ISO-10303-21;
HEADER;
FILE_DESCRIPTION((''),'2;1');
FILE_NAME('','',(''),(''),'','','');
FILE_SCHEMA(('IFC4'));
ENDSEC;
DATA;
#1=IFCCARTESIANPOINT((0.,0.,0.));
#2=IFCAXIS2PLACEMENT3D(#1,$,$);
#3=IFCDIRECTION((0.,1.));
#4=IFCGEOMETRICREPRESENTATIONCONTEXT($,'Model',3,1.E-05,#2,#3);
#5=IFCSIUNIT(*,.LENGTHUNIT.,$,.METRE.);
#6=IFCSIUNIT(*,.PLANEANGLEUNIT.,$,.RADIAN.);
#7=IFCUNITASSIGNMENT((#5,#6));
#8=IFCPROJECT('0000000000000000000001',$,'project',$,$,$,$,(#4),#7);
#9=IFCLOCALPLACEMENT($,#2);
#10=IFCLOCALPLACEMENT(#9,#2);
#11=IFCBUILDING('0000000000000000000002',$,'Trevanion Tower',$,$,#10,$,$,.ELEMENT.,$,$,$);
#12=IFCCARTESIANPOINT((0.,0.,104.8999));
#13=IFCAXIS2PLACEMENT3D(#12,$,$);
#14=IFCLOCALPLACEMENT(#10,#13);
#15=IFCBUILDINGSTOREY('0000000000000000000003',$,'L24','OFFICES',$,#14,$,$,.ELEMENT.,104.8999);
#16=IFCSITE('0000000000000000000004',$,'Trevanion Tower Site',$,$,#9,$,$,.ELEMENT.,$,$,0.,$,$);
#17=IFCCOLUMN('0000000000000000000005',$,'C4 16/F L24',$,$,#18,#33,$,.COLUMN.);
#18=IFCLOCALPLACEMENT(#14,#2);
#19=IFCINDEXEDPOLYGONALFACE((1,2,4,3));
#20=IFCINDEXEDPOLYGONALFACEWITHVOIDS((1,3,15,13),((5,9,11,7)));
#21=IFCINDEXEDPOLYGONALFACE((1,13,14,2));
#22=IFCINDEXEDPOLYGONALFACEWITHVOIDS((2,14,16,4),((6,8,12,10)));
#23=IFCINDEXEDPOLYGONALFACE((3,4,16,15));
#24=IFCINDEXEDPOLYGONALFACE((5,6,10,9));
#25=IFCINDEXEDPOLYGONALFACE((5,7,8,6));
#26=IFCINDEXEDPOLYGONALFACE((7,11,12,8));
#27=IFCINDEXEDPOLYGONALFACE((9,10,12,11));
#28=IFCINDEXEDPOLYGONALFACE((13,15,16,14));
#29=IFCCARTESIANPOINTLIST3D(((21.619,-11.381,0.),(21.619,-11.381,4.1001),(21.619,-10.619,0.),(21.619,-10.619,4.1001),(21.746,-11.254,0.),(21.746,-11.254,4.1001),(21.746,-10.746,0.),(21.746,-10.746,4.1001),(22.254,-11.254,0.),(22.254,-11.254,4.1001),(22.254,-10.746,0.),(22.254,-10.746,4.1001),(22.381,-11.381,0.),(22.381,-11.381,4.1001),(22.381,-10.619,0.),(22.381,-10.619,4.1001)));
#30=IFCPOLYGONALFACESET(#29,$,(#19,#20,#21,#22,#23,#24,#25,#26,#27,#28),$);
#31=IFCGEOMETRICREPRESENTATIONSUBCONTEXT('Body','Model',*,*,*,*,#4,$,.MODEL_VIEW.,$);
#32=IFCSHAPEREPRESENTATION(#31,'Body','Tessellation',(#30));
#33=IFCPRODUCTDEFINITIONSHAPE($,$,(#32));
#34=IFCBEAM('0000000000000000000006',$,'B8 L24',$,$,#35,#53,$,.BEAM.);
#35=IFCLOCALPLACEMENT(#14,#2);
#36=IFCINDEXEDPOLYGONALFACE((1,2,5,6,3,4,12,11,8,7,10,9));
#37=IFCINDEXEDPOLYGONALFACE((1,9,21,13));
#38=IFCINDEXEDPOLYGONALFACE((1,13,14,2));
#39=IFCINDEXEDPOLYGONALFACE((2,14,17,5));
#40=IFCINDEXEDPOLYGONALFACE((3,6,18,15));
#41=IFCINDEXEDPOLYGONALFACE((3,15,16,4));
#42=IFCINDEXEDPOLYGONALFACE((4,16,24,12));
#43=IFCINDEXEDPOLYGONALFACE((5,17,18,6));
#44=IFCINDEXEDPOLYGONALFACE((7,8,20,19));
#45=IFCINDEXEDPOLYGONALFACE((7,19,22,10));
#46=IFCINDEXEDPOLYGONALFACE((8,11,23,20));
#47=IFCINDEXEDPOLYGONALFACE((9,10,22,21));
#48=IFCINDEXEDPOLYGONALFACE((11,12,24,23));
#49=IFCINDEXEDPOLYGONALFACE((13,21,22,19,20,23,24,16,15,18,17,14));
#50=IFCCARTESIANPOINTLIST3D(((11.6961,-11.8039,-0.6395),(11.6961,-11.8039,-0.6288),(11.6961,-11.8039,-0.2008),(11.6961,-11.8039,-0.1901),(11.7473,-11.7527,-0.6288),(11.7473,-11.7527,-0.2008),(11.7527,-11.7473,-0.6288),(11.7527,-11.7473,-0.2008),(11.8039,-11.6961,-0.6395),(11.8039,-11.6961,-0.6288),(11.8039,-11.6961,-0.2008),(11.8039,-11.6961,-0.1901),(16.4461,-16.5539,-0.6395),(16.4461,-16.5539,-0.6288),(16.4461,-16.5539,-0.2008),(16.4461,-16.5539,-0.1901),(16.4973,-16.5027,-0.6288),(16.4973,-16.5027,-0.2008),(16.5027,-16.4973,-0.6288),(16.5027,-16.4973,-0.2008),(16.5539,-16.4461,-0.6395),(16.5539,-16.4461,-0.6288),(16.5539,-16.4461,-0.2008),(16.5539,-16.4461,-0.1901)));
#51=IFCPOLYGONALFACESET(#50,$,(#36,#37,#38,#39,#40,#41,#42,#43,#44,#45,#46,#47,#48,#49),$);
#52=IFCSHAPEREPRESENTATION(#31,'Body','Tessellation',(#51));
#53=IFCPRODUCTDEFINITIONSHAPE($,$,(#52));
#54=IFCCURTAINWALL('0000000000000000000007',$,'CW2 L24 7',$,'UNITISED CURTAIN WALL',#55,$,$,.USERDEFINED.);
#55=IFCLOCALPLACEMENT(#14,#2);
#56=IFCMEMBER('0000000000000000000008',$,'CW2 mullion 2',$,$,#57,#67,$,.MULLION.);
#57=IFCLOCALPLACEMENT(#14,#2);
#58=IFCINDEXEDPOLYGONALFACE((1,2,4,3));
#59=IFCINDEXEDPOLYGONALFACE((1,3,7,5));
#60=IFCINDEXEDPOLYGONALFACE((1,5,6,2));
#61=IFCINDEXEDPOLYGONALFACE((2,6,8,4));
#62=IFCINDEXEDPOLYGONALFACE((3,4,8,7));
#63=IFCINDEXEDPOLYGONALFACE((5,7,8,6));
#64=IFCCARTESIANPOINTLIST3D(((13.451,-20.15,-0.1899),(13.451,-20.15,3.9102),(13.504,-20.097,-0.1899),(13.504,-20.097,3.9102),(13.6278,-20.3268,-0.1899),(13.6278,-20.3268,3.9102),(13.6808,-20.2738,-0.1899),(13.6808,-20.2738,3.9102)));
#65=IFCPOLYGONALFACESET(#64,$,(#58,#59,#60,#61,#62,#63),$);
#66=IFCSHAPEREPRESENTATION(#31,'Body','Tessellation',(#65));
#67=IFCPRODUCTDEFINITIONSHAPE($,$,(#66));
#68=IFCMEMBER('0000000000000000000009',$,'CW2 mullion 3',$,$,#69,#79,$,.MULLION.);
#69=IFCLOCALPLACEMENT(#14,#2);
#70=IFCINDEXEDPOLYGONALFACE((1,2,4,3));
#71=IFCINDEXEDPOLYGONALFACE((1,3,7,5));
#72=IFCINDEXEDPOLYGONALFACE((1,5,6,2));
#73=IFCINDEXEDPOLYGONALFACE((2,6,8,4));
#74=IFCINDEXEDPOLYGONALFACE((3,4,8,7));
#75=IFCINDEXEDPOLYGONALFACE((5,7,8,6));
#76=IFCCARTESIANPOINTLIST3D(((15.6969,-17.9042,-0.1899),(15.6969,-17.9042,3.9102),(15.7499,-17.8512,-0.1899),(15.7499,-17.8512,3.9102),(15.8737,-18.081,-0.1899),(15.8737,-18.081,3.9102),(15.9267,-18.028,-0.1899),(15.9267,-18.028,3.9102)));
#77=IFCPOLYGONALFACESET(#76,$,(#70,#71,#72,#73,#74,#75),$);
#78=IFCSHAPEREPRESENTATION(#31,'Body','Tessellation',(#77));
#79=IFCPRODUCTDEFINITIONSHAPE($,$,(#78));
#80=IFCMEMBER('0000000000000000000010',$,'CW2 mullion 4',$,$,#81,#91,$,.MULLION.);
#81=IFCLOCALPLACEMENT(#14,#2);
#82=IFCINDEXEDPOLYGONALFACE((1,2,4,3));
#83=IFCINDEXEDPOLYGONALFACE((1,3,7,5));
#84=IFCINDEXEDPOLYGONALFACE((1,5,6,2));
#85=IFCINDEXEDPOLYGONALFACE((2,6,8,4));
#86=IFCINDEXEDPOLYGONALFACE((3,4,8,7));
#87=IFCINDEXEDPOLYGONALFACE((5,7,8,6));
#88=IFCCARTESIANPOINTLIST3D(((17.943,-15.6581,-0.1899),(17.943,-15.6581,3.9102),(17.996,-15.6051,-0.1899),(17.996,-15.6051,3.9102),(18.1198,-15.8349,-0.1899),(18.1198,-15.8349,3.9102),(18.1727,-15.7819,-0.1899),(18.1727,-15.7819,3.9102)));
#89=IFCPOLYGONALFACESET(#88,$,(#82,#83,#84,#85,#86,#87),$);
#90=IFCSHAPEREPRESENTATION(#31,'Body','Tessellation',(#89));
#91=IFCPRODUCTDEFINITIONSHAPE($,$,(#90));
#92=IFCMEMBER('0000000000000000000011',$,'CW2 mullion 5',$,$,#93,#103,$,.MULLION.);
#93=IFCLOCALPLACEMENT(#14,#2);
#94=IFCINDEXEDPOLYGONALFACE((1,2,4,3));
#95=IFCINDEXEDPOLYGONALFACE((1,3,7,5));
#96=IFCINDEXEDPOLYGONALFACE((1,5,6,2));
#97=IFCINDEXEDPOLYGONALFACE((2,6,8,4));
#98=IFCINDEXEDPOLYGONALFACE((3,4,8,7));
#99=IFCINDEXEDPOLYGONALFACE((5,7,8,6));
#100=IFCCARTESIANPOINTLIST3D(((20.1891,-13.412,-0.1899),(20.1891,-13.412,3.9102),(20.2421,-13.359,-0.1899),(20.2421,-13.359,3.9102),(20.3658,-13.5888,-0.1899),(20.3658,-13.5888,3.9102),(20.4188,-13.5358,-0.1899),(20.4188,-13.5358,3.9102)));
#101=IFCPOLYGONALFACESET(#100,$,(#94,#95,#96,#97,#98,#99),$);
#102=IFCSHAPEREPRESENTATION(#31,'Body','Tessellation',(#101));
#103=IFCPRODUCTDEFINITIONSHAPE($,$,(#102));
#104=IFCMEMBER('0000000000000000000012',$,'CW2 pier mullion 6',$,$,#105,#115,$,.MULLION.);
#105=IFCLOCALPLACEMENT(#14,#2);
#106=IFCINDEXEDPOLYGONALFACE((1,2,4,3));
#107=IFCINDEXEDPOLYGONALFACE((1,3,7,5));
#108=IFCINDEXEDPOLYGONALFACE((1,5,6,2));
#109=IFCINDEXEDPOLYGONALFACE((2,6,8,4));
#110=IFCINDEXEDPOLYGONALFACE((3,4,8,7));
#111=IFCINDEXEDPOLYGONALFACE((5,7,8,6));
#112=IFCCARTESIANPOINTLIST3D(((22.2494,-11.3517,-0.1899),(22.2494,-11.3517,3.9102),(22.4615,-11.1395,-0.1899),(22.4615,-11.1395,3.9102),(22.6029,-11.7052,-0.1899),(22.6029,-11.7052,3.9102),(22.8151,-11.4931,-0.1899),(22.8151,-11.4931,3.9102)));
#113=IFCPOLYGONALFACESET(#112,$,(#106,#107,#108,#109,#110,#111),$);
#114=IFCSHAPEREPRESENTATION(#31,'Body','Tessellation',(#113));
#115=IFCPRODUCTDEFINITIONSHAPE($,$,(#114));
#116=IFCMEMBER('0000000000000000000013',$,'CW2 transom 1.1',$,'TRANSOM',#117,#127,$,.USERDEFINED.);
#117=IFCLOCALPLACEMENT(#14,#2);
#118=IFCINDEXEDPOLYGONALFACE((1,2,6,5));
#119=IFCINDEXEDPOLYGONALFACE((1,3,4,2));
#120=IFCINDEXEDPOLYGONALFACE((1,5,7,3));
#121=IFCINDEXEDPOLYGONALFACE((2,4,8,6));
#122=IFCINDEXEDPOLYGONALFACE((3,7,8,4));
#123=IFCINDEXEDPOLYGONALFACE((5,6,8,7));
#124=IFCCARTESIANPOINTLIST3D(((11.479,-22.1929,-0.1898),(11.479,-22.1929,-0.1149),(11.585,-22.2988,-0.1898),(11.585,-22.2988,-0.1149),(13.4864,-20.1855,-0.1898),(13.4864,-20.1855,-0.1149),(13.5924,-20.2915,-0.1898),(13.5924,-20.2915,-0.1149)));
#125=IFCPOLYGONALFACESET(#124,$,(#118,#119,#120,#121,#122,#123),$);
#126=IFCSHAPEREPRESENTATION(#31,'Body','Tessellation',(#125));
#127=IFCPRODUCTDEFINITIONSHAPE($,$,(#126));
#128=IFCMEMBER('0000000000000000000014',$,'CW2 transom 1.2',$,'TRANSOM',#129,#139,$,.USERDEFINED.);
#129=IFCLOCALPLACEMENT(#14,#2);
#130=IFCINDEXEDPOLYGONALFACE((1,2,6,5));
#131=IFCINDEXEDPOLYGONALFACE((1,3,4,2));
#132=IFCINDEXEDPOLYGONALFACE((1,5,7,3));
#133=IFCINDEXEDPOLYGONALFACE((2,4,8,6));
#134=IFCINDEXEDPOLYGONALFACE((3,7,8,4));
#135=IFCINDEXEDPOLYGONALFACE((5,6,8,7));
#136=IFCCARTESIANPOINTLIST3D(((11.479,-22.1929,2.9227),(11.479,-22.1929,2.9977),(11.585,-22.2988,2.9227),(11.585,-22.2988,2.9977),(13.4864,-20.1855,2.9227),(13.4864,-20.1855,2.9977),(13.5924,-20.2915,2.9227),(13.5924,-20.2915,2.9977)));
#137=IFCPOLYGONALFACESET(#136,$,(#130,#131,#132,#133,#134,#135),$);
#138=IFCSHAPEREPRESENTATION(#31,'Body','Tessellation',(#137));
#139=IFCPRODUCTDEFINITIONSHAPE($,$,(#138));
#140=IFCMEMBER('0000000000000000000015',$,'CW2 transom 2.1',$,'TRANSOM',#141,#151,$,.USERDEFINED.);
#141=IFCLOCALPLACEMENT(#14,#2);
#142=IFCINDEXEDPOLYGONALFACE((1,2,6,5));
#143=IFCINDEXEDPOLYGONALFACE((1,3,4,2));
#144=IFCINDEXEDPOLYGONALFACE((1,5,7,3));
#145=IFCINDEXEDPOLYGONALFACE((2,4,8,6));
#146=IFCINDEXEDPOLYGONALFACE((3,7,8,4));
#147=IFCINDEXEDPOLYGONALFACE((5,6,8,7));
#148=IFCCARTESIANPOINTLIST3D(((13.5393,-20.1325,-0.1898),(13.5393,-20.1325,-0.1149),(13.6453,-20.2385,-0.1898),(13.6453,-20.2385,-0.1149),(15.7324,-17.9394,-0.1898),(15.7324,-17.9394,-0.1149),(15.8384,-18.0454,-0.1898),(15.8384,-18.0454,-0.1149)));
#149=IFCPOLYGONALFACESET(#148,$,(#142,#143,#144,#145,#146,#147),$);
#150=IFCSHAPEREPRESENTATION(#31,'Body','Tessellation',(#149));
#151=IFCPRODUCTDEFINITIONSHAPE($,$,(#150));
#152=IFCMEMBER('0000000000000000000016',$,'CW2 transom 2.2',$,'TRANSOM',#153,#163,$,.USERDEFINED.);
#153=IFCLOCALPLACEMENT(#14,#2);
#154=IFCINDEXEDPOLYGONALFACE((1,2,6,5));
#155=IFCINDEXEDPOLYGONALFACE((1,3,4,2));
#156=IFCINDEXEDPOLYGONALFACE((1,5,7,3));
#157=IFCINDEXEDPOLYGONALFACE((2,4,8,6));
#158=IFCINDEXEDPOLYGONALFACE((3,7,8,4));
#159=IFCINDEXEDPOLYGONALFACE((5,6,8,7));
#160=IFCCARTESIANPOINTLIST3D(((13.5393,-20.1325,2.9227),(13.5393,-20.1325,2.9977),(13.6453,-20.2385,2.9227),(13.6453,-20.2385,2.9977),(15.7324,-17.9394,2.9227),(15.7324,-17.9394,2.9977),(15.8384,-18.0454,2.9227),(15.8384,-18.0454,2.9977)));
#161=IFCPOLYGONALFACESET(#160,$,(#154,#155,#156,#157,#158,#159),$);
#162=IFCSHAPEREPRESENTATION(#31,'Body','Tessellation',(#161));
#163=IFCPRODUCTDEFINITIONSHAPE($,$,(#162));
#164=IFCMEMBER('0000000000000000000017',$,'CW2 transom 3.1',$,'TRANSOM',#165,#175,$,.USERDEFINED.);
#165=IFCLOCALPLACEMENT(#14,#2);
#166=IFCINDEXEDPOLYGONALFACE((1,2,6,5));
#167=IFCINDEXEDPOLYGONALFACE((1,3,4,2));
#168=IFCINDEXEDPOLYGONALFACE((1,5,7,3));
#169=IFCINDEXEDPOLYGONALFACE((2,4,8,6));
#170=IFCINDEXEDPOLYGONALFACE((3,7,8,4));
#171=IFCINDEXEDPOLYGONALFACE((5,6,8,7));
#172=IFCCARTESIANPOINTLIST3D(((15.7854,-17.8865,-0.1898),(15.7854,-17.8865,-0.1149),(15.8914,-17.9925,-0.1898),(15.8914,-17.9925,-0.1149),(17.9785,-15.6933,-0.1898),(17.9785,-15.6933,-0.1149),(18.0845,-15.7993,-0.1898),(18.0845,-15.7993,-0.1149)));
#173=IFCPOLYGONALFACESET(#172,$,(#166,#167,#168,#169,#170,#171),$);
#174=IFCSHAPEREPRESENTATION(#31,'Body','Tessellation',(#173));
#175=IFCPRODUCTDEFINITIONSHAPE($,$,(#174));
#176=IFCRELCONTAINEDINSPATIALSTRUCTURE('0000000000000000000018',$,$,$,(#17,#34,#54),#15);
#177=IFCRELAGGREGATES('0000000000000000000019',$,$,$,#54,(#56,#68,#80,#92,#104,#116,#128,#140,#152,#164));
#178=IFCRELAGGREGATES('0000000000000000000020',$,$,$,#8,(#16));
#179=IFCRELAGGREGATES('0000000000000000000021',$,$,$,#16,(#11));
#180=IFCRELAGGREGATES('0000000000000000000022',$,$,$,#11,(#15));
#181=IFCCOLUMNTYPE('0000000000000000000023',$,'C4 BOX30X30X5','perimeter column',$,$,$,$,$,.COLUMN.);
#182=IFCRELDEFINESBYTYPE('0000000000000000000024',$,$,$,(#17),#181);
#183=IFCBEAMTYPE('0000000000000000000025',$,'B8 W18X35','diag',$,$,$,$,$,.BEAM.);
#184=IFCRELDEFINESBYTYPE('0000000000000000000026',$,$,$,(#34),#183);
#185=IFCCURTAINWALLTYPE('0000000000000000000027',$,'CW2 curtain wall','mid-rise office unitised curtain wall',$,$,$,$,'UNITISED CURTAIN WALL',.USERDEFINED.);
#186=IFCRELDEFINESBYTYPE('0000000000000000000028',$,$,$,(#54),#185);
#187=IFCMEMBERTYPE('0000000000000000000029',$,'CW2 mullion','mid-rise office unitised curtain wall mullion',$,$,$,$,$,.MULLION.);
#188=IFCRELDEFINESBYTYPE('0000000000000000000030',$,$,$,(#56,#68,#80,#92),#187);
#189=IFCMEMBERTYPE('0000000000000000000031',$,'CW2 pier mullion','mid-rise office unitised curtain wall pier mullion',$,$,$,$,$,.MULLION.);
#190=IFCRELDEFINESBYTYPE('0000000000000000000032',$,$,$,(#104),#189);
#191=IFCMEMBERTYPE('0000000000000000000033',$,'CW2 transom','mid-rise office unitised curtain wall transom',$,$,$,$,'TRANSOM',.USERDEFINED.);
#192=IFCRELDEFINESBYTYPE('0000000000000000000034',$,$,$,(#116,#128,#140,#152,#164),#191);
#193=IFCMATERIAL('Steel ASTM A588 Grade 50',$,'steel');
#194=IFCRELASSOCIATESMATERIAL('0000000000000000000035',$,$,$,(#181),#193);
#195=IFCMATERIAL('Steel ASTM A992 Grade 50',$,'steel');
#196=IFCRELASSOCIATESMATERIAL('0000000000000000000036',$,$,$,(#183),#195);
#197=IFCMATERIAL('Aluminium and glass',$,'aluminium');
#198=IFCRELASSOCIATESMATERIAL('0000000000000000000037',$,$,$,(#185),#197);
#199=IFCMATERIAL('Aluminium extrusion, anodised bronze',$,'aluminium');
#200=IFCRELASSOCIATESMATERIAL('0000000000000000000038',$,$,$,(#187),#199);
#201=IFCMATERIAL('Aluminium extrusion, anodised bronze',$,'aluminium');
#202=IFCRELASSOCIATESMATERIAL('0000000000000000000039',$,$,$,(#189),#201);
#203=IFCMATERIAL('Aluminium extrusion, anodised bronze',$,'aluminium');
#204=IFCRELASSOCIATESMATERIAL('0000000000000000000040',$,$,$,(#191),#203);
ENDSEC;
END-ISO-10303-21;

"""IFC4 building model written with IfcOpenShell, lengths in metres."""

from ifc_helpers import new_model, si_unit, direction, frame, origin, origin_2d, place, context, subcontext, project, spatial, rectangle, hollow_rectangle, i_section, extrude, material, material_profile, profile_set, type_object, element, aggregate, save


model = new_model("IFC4")

# Units and contexts
model_context = context("Model", 3, precision=1e-05, world=origin(), true_north=direction((0.0, 1.0)))
body_context = subcontext(model_context, "Body", "Model", "MODEL_VIEW")
ifc_project = project(units=[si_unit("LENGTHUNIT", "METRE"), si_unit("PLANEANGLEUNIT", "RADIAN")], contexts=[model_context])

# Site, building, storey
site_placement = place(None, origin())
site = spatial("IfcSite", under=ifc_project, at=site_placement, Name="Trevanion Tower Site", CompositionType="ELEMENT", RefElevation=0.0)
building_placement = place(site_placement, origin())
building = spatial("IfcBuilding", under=site, at=building_placement, Name="Trevanion Tower", CompositionType="ELEMENT")
storey_placement = place(building_placement, frame((0.0, 0.0, 104.8999)))
storey = spatial("IfcBuildingStorey", under=building, at=storey_placement, Name="L24", Description="OFFICES", CompositionType="ELEMENT", Elevation=104.8999)

# Column
ifc_material_1 = material(Name="Steel ASTM A588 Grade 50", Category="steel")
ifc_material_profile_1 = material_profile(ifc_material_1, hollow_rectangle(XDim=0.762, YDim=0.762, WallThickness=0.127, at=origin_2d()), Name="BOX30X30X5")
ifc_profile_set_1 = profile_set([ifc_material_profile_1], Name="Steel ASTM A588 Grade 50")
column_type = type_object("IfcColumnType", Name="C4 BOX30X30X5", Description="perimeter column", PredefinedType="COLUMN", material=ifc_profile_set_1)
column_placement = place(storey_placement, frame((22.0, -11.0, 0.0), z_axis=(0.0, 0.0, 1.0), x_axis=(0.0, 1.0, 0.0)))
element("IfcColumn", 1, at=column_placement, inside=storey, type_object=column_type, Name="C4 16/F L24", PredefinedType="COLUMN", context=body_context, shape_type="SweptSolid", body=[
    extrude(hollow_rectangle(XDim=0.762, YDim=0.762, WallThickness=0.127, at=origin_2d()), origin(), (0.0, 0.0, 1.0), 4.1001),
])

# Beam
ifc_material_2 = material(Name="Steel ASTM A992 Grade 50", Category="steel")
ifc_material_profile_2 = material_profile(ifc_material_2, i_section(OverallWidth=0.1523, OverallDepth=0.4495, WebThickness=0.0076, FlangeThickness=0.0107, at=origin_2d()), Name="W18X35")
ifc_profile_set_2 = profile_set([ifc_material_profile_2], Name="Steel ASTM A992 Grade 50")
beam_type_1 = type_object("IfcBeamType", Name="B8 W18X35", Description="diag", PredefinedType="BEAM", material=ifc_profile_set_2)
beam_1_placement = place(storey_placement, frame((11.75, -11.75, -0.4148), z_axis=(0.707107, -0.707107, 0.0), x_axis=(0.707107, 0.707107, 0.0)))
element("IfcBeam", 2, at=beam_1_placement, inside=storey, type_object=beam_type_1, Name="B8 L24", PredefinedType="BEAM", context=body_context, shape_type="SweptSolid", body=[
    extrude(i_section(OverallWidth=0.1523, OverallDepth=0.4495, WebThickness=0.0076, FlangeThickness=0.0107, at=origin_2d()), origin(), (0.0, 0.0, 1.0), 6.7175),
])

# Curtain wall, members
ifc_material_3 = material(Name="Aluminium and glass", Category="aluminium")
curtain_wall_type = type_object("IfcCurtainWallType", Name="CW2 curtain wall", Description="mid-rise office unitised curtain wall", ElementType="UNITISED CURTAIN WALL", PredefinedType="USERDEFINED", material=ifc_material_3)
curtain_wall_placement = place(storey_placement, origin())
curtain_wall = element("IfcCurtainWall", 3, at=curtain_wall_placement, inside=storey, type_object=curtain_wall_type, Name="CW2 L24 7", ObjectType="UNITISED CURTAIN WALL", PredefinedType="USERDEFINED")
ifc_material_4 = material(Name="Aluminium extrusion, anodised bronze", Category="aluminium")
ifc_material_profile_3 = material_profile(ifc_material_4, rectangle(XDim=0.075, YDim=0.25, at=origin_2d()), Name="CW2 mullion")
ifc_profile_set_3 = profile_set([ifc_material_profile_3], Name="Aluminium extrusion, anodised bronze")
member_type_1 = type_object("IfcMemberType", Name="CW2 mullion", Description="mid-rise office unitised curtain wall mullion", PredefinedType="MULLION", material=ifc_profile_set_3)
member_1_placement = place(storey_placement, frame((13.5659, -20.2119, -0.1899), z_axis=(0.0, 0.0, 1.0), x_axis=(0.707107, 0.707107, 0.0)))
member_1 = element("IfcMember", 4, at=member_1_placement, type_object=member_type_1, Name="CW2 mullion 2", PredefinedType="MULLION", context=body_context, shape_type="SweptSolid", body=[
    extrude(rectangle(XDim=0.075, YDim=0.25, at=origin_2d()), origin(), (0.0, 0.0, 1.0), 4.1001),
])
member_2_placement = place(storey_placement, frame((15.8118, -17.9661, -0.1899), z_axis=(0.0, 0.0, 1.0), x_axis=(0.707107, 0.707107, 0.0)))
member_2 = element("IfcMember", 5, at=member_2_placement, type_object=member_type_1, Name="CW2 mullion 3", PredefinedType="MULLION", context=body_context, shape_type="SweptSolid", body=[
    extrude(rectangle(XDim=0.075, YDim=0.25, at=origin_2d()), origin(), (0.0, 0.0, 1.0), 4.1001),
])
member_3_placement = place(storey_placement, frame((18.0579, -15.72, -0.1899), z_axis=(0.0, 0.0, 1.0), x_axis=(0.707107, 0.707107, 0.0)))
member_3 = element("IfcMember", 6, at=member_3_placement, type_object=member_type_1, Name="CW2 mullion 4", PredefinedType="MULLION", context=body_context, shape_type="SweptSolid", body=[
    extrude(rectangle(XDim=0.075, YDim=0.25, at=origin_2d()), origin(), (0.0, 0.0, 1.0), 4.1001),
])
member_4_placement = place(storey_placement, frame((20.304, -13.4739, -0.1899), z_axis=(0.0, 0.0, 1.0), x_axis=(0.707107, 0.707107, 0.0)))
member_4 = element("IfcMember", 7, at=member_4_placement, type_object=member_type_1, Name="CW2 mullion 5", PredefinedType="MULLION", context=body_context, shape_type="SweptSolid", body=[
    extrude(rectangle(XDim=0.075, YDim=0.25, at=origin_2d()), origin(), (0.0, 0.0, 1.0), 4.1001),
])
ifc_material_5 = material(Name="Aluminium extrusion, anodised bronze", Category="aluminium")
ifc_material_profile_4 = material_profile(ifc_material_5, rectangle(XDim=0.3, YDim=0.5, at=origin_2d()), Name="CW2 pier mullion")
ifc_profile_set_4 = profile_set([ifc_material_profile_4], Name="Aluminium extrusion, anodised bronze")
member_type_2 = type_object("IfcMemberType", Name="CW2 pier mullion", Description="mid-rise office unitised curtain wall pier mullion", PredefinedType="MULLION", material=ifc_profile_set_4)
member_5_placement = place(storey_placement, frame((22.5322, -11.4224, -0.1899), z_axis=(0.0, 0.0, 1.0), x_axis=(0.707107, 0.707107, 0.0)))
member_5 = element("IfcMember", 8, at=member_5_placement, type_object=member_type_2, Name="CW2 pier mullion 6", PredefinedType="MULLION", context=body_context, shape_type="SweptSolid", body=[
    extrude(rectangle(XDim=0.3, YDim=0.5, at=origin_2d()), origin(), (0.0, 0.0, 1.0), 4.1001),
])
ifc_material_6 = material(Name="Aluminium extrusion, anodised bronze", Category="aluminium")
ifc_material_profile_5 = material_profile(ifc_material_6, rectangle(XDim=0.1499, YDim=0.075, at=origin_2d()), Name="CW2 transom")
ifc_profile_set_5 = profile_set([ifc_material_profile_5], Name="Aluminium extrusion, anodised bronze")
member_type_3 = type_object("IfcMemberType", Name="CW2 transom", Description="mid-rise office unitised curtain wall transom", ElementType="TRANSOM", PredefinedType="USERDEFINED", material=ifc_profile_set_5)
member_6_placement = place(storey_placement, frame((11.532, -22.2458, -0.1523), z_axis=(0.707107, 0.707107, 0.0), x_axis=(-0.707107, 0.707107, 0.0)))
member_6 = element("IfcMember", 9, at=member_6_placement, type_object=member_type_3, Name="CW2 transom 1.1", ObjectType="TRANSOM", PredefinedType="USERDEFINED", context=body_context, shape_type="SweptSolid", body=[
    extrude(rectangle(XDim=0.1499, YDim=0.075, at=origin_2d()), origin(), (0.0, 0.0, 1.0), 2.8389),
])
member_7_placement = place(storey_placement, frame((11.532, -22.2458, 2.9602), z_axis=(0.707107, 0.707107, 0.0), x_axis=(-0.707107, 0.707107, 0.0)))
member_7 = element("IfcMember", 10, at=member_7_placement, type_object=member_type_3, Name="CW2 transom 1.2", ObjectType="TRANSOM", PredefinedType="USERDEFINED", context=body_context, shape_type="SweptSolid", body=[
    extrude(rectangle(XDim=0.1499, YDim=0.075, at=origin_2d()), origin(), (0.0, 0.0, 1.0), 2.8389),
])
member_8_placement = place(storey_placement, frame((13.5923, -20.1855, -0.1523), z_axis=(0.707107, 0.707107, 0.0), x_axis=(-0.707107, 0.707107, 0.0)))
member_8 = element("IfcMember", 11, at=member_8_placement, type_object=member_type_3, Name="CW2 transom 2.1", ObjectType="TRANSOM", PredefinedType="USERDEFINED", context=body_context, shape_type="SweptSolid", body=[
    extrude(rectangle(XDim=0.1499, YDim=0.075, at=origin_2d()), origin(), (0.0, 0.0, 1.0), 3.1016),
])
member_9_placement = place(storey_placement, frame((13.5923, -20.1855, 2.9602), z_axis=(0.707107, 0.707107, 0.0), x_axis=(-0.707107, 0.707107, 0.0)))
member_9 = element("IfcMember", 12, at=member_9_placement, type_object=member_type_3, Name="CW2 transom 2.2", ObjectType="TRANSOM", PredefinedType="USERDEFINED", context=body_context, shape_type="SweptSolid", body=[
    extrude(rectangle(XDim=0.1499, YDim=0.075, at=origin_2d()), origin(), (0.0, 0.0, 1.0), 3.1016),
])
member_10_placement = place(storey_placement, frame((15.8384, -17.9395, -0.1523), z_axis=(0.707107, 0.707107, 0.0), x_axis=(-0.707107, 0.707107, 0.0)))
member_10 = element("IfcMember", 13, at=member_10_placement, type_object=member_type_3, Name="CW2 transom 3.1", ObjectType="TRANSOM", PredefinedType="USERDEFINED", context=body_context, shape_type="SweptSolid", body=[
    extrude(rectangle(XDim=0.1499, YDim=0.075, at=origin_2d()), origin(), (0.0, 0.0, 1.0), 3.1016),
])

aggregate(curtain_wall, [member_1, member_2, member_3, member_4, member_5, member_6, member_7, member_8, member_9, member_10])

save(model, "model.ifc")
